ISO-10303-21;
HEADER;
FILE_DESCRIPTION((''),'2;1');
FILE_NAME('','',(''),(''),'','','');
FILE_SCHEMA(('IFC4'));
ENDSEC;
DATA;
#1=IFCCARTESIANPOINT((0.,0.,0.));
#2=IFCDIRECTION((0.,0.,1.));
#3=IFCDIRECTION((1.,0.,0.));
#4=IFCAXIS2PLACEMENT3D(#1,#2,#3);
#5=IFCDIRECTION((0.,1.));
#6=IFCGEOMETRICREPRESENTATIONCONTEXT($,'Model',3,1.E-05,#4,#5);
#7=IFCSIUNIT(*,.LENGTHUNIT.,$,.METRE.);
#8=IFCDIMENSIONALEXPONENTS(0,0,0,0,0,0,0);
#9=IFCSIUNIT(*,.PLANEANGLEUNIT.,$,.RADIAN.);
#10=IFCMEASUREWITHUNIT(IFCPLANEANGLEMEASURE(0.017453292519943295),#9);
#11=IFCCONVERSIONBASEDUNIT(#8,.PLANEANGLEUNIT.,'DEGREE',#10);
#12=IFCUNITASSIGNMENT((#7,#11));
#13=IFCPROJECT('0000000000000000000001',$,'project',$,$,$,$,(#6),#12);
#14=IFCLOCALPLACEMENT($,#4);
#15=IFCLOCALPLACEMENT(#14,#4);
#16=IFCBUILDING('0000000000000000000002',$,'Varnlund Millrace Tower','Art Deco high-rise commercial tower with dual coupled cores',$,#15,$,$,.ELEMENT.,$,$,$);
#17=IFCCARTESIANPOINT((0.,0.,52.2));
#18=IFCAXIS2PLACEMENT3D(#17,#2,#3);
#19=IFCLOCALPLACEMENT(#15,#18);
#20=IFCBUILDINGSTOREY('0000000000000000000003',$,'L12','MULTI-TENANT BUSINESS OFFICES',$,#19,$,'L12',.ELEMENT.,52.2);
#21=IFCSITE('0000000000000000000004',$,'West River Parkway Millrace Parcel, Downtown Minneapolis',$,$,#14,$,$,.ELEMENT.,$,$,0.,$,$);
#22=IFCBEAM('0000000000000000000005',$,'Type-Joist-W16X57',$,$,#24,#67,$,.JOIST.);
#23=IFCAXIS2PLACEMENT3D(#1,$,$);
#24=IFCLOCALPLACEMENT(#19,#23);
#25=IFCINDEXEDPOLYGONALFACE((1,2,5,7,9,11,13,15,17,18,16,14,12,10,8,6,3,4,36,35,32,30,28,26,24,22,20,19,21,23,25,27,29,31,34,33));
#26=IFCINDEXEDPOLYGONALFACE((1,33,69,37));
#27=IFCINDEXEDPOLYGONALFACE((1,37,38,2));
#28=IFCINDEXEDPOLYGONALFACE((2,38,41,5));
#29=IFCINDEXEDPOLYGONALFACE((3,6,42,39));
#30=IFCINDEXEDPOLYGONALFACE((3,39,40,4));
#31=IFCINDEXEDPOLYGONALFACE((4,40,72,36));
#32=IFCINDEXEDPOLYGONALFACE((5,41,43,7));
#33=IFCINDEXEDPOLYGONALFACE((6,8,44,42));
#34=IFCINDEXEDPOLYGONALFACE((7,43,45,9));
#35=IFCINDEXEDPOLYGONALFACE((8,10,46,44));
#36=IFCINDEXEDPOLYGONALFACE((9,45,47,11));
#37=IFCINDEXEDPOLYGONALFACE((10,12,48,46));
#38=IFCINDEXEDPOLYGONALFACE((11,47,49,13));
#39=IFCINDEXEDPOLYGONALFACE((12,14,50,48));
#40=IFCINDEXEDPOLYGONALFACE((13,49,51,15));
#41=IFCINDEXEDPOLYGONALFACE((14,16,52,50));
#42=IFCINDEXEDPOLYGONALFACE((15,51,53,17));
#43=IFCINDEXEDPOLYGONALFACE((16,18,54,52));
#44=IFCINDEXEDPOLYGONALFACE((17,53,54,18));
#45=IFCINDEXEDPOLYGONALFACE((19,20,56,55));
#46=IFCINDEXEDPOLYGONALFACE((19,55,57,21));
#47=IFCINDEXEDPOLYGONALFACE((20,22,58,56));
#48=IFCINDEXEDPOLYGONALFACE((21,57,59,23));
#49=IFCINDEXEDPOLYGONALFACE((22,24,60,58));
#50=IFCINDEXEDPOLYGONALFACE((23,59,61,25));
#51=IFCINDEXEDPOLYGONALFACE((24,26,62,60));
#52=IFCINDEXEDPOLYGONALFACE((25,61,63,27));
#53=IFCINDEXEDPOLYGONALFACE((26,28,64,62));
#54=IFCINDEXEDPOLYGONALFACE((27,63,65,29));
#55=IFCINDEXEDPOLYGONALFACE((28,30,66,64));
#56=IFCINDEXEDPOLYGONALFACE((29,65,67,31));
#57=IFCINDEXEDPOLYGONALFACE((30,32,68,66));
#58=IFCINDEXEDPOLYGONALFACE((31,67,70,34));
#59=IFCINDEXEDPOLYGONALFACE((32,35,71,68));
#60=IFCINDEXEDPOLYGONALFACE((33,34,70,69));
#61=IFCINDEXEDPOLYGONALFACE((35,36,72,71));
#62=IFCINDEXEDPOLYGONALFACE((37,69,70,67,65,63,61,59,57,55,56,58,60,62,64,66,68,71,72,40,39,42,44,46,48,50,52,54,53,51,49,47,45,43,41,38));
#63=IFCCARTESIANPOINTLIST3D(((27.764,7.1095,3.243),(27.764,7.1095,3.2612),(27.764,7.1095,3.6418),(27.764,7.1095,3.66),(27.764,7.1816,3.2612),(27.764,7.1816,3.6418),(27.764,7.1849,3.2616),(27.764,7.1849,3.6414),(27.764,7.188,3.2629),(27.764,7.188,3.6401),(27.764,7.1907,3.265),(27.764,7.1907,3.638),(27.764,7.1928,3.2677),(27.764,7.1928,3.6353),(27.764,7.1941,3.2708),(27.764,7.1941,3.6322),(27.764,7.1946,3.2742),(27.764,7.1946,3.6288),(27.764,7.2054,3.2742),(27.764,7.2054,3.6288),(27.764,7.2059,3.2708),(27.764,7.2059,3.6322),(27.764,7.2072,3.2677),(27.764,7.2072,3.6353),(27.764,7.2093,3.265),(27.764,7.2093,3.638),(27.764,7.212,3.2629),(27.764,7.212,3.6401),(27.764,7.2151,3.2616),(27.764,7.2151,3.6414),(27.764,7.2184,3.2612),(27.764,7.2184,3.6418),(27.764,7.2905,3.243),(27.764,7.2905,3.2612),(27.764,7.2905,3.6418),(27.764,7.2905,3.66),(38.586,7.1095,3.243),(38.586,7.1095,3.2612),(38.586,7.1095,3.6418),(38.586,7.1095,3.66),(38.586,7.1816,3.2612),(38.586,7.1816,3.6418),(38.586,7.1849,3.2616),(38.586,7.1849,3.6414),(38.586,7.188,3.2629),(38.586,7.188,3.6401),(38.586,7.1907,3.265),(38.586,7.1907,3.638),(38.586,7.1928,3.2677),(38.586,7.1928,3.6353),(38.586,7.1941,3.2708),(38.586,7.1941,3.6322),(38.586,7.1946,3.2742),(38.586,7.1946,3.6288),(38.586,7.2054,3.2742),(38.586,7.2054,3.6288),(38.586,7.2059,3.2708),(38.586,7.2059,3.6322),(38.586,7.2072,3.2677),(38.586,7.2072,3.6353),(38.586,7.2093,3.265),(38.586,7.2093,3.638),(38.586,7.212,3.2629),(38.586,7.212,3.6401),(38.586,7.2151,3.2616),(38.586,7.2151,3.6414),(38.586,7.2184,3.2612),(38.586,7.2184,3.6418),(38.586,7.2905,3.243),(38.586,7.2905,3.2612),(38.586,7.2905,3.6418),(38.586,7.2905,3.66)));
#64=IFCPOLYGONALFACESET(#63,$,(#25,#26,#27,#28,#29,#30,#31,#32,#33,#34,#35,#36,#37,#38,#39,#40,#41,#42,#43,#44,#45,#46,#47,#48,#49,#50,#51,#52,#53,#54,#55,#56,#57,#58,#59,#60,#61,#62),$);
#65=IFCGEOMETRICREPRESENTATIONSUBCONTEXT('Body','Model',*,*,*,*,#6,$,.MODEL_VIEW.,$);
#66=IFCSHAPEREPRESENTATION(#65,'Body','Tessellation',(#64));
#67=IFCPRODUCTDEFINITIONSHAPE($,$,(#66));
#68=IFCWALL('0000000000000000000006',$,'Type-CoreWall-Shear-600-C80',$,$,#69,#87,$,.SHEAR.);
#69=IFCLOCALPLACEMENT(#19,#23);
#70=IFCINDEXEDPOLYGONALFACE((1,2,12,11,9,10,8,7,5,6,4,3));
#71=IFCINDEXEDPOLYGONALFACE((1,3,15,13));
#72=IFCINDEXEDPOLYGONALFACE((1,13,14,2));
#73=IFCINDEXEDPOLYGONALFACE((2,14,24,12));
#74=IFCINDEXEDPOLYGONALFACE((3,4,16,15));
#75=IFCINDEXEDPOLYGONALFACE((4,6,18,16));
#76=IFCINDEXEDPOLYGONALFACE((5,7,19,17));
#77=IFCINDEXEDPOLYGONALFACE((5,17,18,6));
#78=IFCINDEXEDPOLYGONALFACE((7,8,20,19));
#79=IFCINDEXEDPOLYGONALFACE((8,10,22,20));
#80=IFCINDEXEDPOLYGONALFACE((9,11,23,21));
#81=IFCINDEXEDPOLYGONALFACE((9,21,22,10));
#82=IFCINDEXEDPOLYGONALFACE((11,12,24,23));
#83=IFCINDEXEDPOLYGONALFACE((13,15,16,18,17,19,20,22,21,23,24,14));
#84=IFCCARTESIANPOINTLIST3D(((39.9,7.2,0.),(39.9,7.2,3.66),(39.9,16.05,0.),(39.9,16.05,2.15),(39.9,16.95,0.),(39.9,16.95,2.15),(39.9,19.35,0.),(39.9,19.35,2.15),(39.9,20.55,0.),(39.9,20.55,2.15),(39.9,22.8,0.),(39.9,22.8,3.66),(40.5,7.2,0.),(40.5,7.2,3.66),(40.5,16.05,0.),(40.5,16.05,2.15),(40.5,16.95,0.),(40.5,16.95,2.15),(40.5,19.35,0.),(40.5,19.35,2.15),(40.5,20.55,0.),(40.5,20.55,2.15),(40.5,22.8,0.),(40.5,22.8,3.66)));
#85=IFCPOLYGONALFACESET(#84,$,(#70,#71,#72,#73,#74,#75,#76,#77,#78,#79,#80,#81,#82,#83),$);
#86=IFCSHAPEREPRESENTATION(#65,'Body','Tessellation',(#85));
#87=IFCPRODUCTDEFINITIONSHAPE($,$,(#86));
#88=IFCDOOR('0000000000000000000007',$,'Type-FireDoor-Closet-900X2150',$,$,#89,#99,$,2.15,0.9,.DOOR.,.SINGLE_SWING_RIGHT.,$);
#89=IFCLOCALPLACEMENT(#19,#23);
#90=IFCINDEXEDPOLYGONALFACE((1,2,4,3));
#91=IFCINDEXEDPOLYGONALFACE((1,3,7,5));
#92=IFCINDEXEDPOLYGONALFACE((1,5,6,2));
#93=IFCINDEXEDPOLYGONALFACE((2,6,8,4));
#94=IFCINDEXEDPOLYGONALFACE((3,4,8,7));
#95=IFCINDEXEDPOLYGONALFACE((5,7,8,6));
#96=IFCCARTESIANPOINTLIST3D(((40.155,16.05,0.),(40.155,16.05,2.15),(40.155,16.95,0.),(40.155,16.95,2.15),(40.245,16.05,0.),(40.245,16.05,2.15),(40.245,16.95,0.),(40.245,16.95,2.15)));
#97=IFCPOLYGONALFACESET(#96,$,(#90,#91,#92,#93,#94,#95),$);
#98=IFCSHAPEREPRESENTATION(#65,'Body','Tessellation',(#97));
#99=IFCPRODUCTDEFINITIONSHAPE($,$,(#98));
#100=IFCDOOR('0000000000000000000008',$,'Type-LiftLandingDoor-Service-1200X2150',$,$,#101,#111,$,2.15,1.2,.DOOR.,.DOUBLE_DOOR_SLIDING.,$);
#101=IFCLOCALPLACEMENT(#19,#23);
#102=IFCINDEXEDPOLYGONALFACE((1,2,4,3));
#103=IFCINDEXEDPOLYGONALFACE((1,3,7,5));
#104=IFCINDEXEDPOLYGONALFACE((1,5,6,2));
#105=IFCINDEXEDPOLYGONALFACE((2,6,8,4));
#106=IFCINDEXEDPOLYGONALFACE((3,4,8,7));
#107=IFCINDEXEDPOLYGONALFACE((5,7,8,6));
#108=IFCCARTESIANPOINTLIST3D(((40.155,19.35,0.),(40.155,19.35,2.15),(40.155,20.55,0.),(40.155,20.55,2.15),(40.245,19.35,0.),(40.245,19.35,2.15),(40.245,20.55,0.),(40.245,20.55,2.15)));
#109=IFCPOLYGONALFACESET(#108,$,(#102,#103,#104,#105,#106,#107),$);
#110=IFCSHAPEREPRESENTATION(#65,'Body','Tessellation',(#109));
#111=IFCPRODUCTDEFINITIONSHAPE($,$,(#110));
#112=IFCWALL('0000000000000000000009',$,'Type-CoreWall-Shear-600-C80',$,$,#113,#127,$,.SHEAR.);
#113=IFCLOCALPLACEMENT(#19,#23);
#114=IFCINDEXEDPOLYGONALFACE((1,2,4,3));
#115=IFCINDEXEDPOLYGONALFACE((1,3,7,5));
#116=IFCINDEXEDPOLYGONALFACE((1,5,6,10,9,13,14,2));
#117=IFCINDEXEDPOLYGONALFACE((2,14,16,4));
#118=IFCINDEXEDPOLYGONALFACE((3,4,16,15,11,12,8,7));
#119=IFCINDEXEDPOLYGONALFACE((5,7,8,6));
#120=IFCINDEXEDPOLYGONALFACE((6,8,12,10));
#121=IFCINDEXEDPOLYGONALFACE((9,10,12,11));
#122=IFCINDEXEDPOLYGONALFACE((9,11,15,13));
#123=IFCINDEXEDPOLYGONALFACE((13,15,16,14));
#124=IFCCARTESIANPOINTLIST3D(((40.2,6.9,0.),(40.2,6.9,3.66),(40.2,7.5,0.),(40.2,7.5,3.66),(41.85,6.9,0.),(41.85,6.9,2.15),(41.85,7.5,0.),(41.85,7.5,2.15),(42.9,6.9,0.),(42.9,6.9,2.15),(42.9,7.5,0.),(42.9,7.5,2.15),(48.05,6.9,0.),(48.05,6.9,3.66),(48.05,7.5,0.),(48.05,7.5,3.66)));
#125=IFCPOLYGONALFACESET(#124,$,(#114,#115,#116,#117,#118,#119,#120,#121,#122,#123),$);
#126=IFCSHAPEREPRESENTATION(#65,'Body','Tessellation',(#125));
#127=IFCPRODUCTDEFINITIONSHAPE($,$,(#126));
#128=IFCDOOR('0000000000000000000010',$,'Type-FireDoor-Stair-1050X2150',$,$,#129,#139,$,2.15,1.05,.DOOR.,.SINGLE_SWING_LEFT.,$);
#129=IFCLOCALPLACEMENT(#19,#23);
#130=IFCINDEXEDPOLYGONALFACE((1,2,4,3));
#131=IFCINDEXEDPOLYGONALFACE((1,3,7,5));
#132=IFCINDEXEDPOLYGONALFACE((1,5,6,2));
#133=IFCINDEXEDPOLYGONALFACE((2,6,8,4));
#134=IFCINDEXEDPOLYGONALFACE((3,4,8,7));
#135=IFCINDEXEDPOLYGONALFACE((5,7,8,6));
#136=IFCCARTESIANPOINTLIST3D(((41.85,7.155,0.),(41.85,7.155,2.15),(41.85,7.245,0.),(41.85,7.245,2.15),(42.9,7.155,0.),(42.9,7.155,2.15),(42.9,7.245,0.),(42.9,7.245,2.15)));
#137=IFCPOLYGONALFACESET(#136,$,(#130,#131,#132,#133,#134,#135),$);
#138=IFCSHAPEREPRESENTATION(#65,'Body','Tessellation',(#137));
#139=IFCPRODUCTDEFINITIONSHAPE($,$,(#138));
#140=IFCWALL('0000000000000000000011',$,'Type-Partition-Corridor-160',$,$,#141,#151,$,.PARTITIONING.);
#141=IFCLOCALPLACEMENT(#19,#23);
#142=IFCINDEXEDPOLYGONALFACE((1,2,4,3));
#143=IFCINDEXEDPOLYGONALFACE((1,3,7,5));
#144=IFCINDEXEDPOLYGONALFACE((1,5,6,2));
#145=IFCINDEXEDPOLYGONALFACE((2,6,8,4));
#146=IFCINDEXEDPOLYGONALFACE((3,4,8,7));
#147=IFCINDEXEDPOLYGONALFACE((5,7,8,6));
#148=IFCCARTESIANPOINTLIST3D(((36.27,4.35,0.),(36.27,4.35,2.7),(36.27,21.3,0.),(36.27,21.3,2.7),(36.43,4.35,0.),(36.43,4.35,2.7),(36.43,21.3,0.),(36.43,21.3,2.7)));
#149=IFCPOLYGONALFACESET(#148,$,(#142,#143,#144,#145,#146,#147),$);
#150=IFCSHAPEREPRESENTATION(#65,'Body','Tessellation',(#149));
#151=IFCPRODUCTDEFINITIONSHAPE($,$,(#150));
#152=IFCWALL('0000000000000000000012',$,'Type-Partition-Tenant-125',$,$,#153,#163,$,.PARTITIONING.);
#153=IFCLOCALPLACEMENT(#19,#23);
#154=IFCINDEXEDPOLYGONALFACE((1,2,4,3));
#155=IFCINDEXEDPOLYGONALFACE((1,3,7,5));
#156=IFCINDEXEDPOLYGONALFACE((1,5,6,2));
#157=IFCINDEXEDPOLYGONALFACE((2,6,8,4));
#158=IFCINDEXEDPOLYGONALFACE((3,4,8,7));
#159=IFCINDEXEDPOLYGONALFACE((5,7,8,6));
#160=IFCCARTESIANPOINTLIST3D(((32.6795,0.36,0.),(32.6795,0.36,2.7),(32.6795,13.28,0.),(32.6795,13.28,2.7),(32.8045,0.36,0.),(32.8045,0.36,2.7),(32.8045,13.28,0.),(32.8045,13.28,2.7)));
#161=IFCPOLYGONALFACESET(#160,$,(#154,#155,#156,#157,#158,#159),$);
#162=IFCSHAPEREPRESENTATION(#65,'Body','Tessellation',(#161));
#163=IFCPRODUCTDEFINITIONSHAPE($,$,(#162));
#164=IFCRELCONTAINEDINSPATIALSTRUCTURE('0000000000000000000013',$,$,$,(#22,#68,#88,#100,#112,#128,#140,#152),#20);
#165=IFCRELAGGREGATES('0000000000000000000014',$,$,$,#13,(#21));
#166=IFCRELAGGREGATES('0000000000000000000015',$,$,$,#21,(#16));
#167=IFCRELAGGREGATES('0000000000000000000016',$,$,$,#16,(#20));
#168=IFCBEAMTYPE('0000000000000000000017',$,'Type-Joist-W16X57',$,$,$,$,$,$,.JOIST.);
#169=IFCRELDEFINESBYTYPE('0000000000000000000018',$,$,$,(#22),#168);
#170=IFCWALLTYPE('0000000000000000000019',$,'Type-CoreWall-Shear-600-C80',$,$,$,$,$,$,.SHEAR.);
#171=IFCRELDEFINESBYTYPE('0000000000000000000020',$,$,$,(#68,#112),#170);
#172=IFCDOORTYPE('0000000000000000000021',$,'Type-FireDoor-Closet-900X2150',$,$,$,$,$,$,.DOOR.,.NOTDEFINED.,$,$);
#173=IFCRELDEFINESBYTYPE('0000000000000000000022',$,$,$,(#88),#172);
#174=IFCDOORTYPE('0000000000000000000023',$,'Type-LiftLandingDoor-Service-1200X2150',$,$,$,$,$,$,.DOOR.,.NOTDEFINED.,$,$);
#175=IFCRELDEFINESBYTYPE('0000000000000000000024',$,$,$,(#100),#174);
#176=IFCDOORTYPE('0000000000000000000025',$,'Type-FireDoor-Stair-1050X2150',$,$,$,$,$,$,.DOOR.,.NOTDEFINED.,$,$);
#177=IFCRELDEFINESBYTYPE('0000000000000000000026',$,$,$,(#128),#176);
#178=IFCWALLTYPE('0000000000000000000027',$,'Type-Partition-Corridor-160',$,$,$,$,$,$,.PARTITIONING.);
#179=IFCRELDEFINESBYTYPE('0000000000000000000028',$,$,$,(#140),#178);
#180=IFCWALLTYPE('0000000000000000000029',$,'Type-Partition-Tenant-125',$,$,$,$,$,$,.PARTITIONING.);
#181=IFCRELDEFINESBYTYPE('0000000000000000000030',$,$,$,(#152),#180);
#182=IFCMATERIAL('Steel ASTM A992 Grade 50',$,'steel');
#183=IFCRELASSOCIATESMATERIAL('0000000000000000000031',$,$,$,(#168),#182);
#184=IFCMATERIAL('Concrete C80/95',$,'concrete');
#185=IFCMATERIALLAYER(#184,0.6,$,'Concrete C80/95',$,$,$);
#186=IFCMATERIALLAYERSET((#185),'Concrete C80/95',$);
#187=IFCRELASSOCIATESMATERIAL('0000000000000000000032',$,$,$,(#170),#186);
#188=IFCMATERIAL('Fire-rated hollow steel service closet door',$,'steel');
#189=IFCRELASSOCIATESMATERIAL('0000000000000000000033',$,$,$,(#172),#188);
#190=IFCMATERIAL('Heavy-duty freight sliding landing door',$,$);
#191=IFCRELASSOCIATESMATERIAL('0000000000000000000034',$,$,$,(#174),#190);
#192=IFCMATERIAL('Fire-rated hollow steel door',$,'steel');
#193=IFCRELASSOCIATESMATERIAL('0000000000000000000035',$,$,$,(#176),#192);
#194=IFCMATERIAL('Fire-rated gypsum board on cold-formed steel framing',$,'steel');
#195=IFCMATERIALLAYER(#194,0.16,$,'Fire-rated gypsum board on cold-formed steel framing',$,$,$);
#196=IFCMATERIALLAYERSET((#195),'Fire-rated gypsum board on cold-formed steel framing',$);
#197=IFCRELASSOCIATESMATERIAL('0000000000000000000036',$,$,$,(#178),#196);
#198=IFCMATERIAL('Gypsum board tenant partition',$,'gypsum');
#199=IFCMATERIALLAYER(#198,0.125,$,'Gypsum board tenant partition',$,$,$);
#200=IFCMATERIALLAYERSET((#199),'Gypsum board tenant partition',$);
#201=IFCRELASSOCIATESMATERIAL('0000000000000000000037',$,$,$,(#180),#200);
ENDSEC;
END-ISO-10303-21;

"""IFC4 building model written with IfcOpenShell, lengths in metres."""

from ifc_helpers import new_model, entity, si_unit, converted_unit, direction, frame, origin_with_axes, origin_2d_with_axis, place, context, subcontext, project, spatial, polyline, rectangle, i_section, outline, extrude, material, layer, layer_set, material_profile, profile_set, type_object, element, fill, save


model = new_model("IFC4")

# Units and contexts
model_context = context("Model", 3, precision=1e-05, world=origin_with_axes(), true_north=direction((0.0, 1.0)))
body_context = subcontext(model_context, "Body", "Model", "MODEL_VIEW")
ifc_project = project(units=[si_unit("LENGTHUNIT", "METRE"), converted_unit("PLANEANGLEUNIT", "DEGREE", entity("IfcPlaneAngleMeasure", 0.017453292519943295), si_unit("PLANEANGLEUNIT", "RADIAN"), dimensions=[0, 0, 0, 0, 0, 0, 0])], contexts=[model_context])

# Site, building, storey
site_placement = place(None, origin_with_axes())
site = spatial("IfcSite", under=ifc_project, at=site_placement, Name="West River Parkway Millrace Parcel, Downtown Minneapolis", CompositionType="ELEMENT", RefElevation=0.0)
building_placement = place(site_placement, origin_with_axes())
building = spatial("IfcBuilding", under=site, at=building_placement, Name="Varnlund Millrace Tower", Description="Art Deco high-rise commercial tower with dual coupled cores", CompositionType="ELEMENT")
storey_placement = place(building_placement, frame((0.0, 0.0, 52.2), z_axis=(0.0, 0.0, 1.0), x_axis=(1.0, 0.0, 0.0)))
storey = spatial("IfcBuildingStorey", under=building, at=storey_placement, Name="L12", Description="MULTI-TENANT BUSINESS OFFICES", LongName="L12", CompositionType="ELEMENT", Elevation=52.2)

# Shared definitions
ifc_material_1 = material(Name="Concrete C80/95", Category="concrete")

# Beam
ifc_material_2 = material(Name="Steel ASTM A992 Grade 50", Category="steel")
ifc_material_profile_1 = material_profile(ifc_material_2, i_section(OverallWidth=0.181, OverallDepth=0.417, WebThickness=0.0109, FlangeThickness=0.0182, FilletRadius=0.013, at=origin_2d_with_axis()), Name="Steel ASTM A992 Grade 50")
ifc_profile_set_1 = profile_set([ifc_material_profile_1], Name="Steel ASTM A992 Grade 50")
beam_type_1 = type_object("IfcBeamType", Name="Type-Joist-W16X57", PredefinedType="JOIST", material=ifc_profile_set_1)
beam_1_placement = place(storey_placement, frame((27.764, 7.2, 3.4515), z_axis=(1.0, 0.0, 0.0), x_axis=(0.0, 1.0, 0.0)))
element("IfcBeam", 1, at=beam_1_placement, inside=storey, type_object=beam_type_1, Name="Type-Joist-W16X57", PredefinedType="JOIST", context=body_context, shape_type="SweptSolid", body=[
    extrude(i_section(OverallWidth=0.181, OverallDepth=0.417, WebThickness=0.0109, FlangeThickness=0.0182, FilletRadius=0.013, at=origin_2d_with_axis()), origin_with_axes(), (0.0, 0.0, 1.0), 10.822),
])

# Wall, openings, doors
ifc_layer_1 = layer(ifc_material_1, 0.6, Name="Concrete C80/95")
ifc_layer_set_1 = layer_set([ifc_layer_1], Name="Concrete C80/95")
wall_type_1 = type_object("IfcWallType", Name="Type-CoreWall-Shear-600-C80", PredefinedType="SHEAR", material=ifc_layer_set_1)
wall_1_placement = place(storey_placement, frame((40.2, 7.2, 0.0), z_axis=(0.0, 0.0, 1.0), x_axis=(0.0, 1.0, 0.0)))
wall_1 = element("IfcWall", 2, at=wall_1_placement, inside=storey, type_object=wall_type_1, Name="Type-CoreWall-Shear-600-C80", PredefinedType="SHEAR", context=body_context, shape_type="SweptSolid", body=[
    extrude(outline(polyline([(0.0, -0.3), (15.6, -0.3), (15.6, 0.3), (0.0, 0.3), (0.0, -0.3)])), origin_with_axes(), (0.0, 0.0, 1.0), 3.66),
])
opening_1_placement = place(wall_1_placement, frame((12.75, 0.0, 0.0), z_axis=(0.0, 0.0, 1.0), x_axis=(1.0, 0.0, 0.0)))
opening_1 = element("IfcOpeningElement", 3, at=opening_1_placement, cuts=wall_1, PredefinedType="OPENING", context=body_context, shape_type="SweptSolid", body=[
    extrude(rectangle(XDim=1.2, YDim=0.62, at=origin_2d_with_axis()), origin_with_axes(), (0.0, 0.0, 1.0), 2.15),
])
opening_2_placement = place(wall_1_placement, frame((9.3, 0.0, 0.0), z_axis=(0.0, 0.0, 1.0), x_axis=(1.0, 0.0, 0.0)))
opening_2 = element("IfcOpeningElement", 4, at=opening_2_placement, cuts=wall_1, PredefinedType="OPENING", context=body_context, shape_type="SweptSolid", body=[
    extrude(rectangle(XDim=0.9, YDim=0.62, at=origin_2d_with_axis()), origin_with_axes(), (0.0, 0.0, 1.0), 2.15),
])
ifc_material_3 = material(Name="Fire-rated hollow steel service closet door", Category="steel")
door_type_1 = type_object("IfcDoorType", Name="Type-FireDoor-Closet-900X2150", OperationType="NOTDEFINED", PredefinedType="DOOR", material=ifc_material_3)
door_1_placement = place(wall_1_placement, frame((9.3, 0.0, 0.0), z_axis=(0.0, 0.0, 1.0), x_axis=(1.0, 0.0, 0.0)))
door_1 = element("IfcDoor", 5, at=door_1_placement, inside=storey, type_object=door_type_1, Name="Type-FireDoor-Closet-900X2150", OperationType="SINGLE_SWING_RIGHT", OverallHeight=2.15, OverallWidth=0.9, PredefinedType="DOOR", context=body_context, shape_type="SweptSolid", body=[
    extrude(rectangle(XDim=0.9, YDim=0.09, at=origin_2d_with_axis()), origin_with_axes(), (0.0, 0.0, 1.0), 2.15),
])
fill(opening_2, door_1)
ifc_material_4 = material(Name="Heavy-duty freight sliding landing door")
door_type_2 = type_object("IfcDoorType", Name="Type-LiftLandingDoor-Service-1200X2150", OperationType="NOTDEFINED", PredefinedType="DOOR", material=ifc_material_4)
door_2_placement = place(wall_1_placement, frame((12.75, 0.0, 0.0), z_axis=(0.0, 0.0, 1.0), x_axis=(1.0, 0.0, 0.0)))
door_2 = element("IfcDoor", 6, at=door_2_placement, inside=storey, type_object=door_type_2, Name="Type-LiftLandingDoor-Service-1200X2150", OperationType="DOUBLE_DOOR_SLIDING", OverallHeight=2.15, OverallWidth=1.2, PredefinedType="DOOR", context=body_context, shape_type="SweptSolid", body=[
    extrude(rectangle(XDim=1.2, YDim=0.09, at=origin_2d_with_axis()), origin_with_axes(), (0.0, 0.0, 1.0), 2.15),
])
fill(opening_1, door_2)

# Wall, opening, door
wall_2_placement = place(storey_placement, frame((40.2, 7.2, 0.0), z_axis=(0.0, 0.0, 1.0), x_axis=(1.0, 0.0, 0.0)))
wall_2 = element("IfcWall", 7, at=wall_2_placement, inside=storey, type_object=wall_type_1, Name="Type-CoreWall-Shear-600-C80", PredefinedType="SHEAR", context=body_context, shape_type="SweptSolid", body=[
    extrude(outline(polyline([(0.0, -0.3), (7.85, -0.3), (7.85, 0.3), (0.0, 0.3), (0.0, -0.3)])), origin_with_axes(), (0.0, 0.0, 1.0), 3.66),
])
opening_3_placement = place(wall_2_placement, frame((2.175, 0.0, 0.0), z_axis=(0.0, 0.0, 1.0), x_axis=(1.0, 0.0, 0.0)))
opening_3 = element("IfcOpeningElement", 8, at=opening_3_placement, cuts=wall_2, PredefinedType="OPENING", context=body_context, shape_type="SweptSolid", body=[
    extrude(rectangle(XDim=1.05, YDim=0.62, at=origin_2d_with_axis()), origin_with_axes(), (0.0, 0.0, 1.0), 2.15),
])
ifc_material_5 = material(Name="Fire-rated hollow steel door", Category="steel")
door_type_3 = type_object("IfcDoorType", Name="Type-FireDoor-Stair-1050X2150", OperationType="NOTDEFINED", PredefinedType="DOOR", material=ifc_material_5)
door_3_placement = place(wall_2_placement, frame((2.175, 0.0, 0.0), z_axis=(0.0, 0.0, 1.0), x_axis=(1.0, 0.0, 0.0)))
door_3 = element("IfcDoor", 9, at=door_3_placement, inside=storey, type_object=door_type_3, Name="Type-FireDoor-Stair-1050X2150", OperationType="SINGLE_SWING_LEFT", OverallHeight=2.15, OverallWidth=1.05, PredefinedType="DOOR", context=body_context, shape_type="SweptSolid", body=[
    extrude(rectangle(XDim=1.05, YDim=0.09, at=origin_2d_with_axis()), origin_with_axes(), (0.0, 0.0, 1.0), 2.15),
])
fill(opening_3, door_3)

# Walls
ifc_material_6 = material(Name="Fire-rated gypsum board on cold-formed steel framing", Category="steel")
ifc_layer_2 = layer(ifc_material_6, 0.16, Name="Fire-rated gypsum board on cold-formed steel framing")
ifc_layer_set_2 = layer_set([ifc_layer_2], Name="Fire-rated gypsum board on cold-formed steel framing")
wall_type_2 = type_object("IfcWallType", Name="Type-Partition-Corridor-160", PredefinedType="PARTITIONING", material=ifc_layer_set_2)
wall_3_placement = place(storey_placement, frame((36.35, 4.35, 0.0), z_axis=(0.0, 0.0, 1.0), x_axis=(0.0, 1.0, 0.0)))
element("IfcWall", 10, at=wall_3_placement, inside=storey, type_object=wall_type_2, Name="Type-Partition-Corridor-160", PredefinedType="PARTITIONING", context=body_context, shape_type="SweptSolid", body=[
    extrude(outline(polyline([(0.0, -0.08), (16.95, -0.08), (16.95, 0.08), (0.0, 0.08), (0.0, -0.08)])), origin_with_axes(), (0.0, 0.0, 1.0), 2.7),
])
ifc_material_7 = material(Name="Gypsum board tenant partition", Category="gypsum")
ifc_layer_3 = layer(ifc_material_7, 0.125, Name="Gypsum board tenant partition")
ifc_layer_set_3 = layer_set([ifc_layer_3], Name="Gypsum board tenant partition")
wall_type_3 = type_object("IfcWallType", Name="Type-Partition-Tenant-125", PredefinedType="PARTITIONING", material=ifc_layer_set_3)
wall_4_placement = place(storey_placement, frame((32.742, 0.36, 0.0), z_axis=(0.0, 0.0, 1.0), x_axis=(0.0, 1.0, 0.0)))
element("IfcWall", 11, at=wall_4_placement, inside=storey, type_object=wall_type_3, Name="Type-Partition-Tenant-125", PredefinedType="PARTITIONING", context=body_context, shape_type="SweptSolid", body=[
    extrude(outline(polyline([(0.0, -0.0625), (12.92, -0.0625), (12.92, 0.0625), (0.0, 0.0625), (0.0, -0.0625)])), origin_with_axes(), (0.0, 0.0, 1.0), 2.7),
])

save(model, "model.ifc")
